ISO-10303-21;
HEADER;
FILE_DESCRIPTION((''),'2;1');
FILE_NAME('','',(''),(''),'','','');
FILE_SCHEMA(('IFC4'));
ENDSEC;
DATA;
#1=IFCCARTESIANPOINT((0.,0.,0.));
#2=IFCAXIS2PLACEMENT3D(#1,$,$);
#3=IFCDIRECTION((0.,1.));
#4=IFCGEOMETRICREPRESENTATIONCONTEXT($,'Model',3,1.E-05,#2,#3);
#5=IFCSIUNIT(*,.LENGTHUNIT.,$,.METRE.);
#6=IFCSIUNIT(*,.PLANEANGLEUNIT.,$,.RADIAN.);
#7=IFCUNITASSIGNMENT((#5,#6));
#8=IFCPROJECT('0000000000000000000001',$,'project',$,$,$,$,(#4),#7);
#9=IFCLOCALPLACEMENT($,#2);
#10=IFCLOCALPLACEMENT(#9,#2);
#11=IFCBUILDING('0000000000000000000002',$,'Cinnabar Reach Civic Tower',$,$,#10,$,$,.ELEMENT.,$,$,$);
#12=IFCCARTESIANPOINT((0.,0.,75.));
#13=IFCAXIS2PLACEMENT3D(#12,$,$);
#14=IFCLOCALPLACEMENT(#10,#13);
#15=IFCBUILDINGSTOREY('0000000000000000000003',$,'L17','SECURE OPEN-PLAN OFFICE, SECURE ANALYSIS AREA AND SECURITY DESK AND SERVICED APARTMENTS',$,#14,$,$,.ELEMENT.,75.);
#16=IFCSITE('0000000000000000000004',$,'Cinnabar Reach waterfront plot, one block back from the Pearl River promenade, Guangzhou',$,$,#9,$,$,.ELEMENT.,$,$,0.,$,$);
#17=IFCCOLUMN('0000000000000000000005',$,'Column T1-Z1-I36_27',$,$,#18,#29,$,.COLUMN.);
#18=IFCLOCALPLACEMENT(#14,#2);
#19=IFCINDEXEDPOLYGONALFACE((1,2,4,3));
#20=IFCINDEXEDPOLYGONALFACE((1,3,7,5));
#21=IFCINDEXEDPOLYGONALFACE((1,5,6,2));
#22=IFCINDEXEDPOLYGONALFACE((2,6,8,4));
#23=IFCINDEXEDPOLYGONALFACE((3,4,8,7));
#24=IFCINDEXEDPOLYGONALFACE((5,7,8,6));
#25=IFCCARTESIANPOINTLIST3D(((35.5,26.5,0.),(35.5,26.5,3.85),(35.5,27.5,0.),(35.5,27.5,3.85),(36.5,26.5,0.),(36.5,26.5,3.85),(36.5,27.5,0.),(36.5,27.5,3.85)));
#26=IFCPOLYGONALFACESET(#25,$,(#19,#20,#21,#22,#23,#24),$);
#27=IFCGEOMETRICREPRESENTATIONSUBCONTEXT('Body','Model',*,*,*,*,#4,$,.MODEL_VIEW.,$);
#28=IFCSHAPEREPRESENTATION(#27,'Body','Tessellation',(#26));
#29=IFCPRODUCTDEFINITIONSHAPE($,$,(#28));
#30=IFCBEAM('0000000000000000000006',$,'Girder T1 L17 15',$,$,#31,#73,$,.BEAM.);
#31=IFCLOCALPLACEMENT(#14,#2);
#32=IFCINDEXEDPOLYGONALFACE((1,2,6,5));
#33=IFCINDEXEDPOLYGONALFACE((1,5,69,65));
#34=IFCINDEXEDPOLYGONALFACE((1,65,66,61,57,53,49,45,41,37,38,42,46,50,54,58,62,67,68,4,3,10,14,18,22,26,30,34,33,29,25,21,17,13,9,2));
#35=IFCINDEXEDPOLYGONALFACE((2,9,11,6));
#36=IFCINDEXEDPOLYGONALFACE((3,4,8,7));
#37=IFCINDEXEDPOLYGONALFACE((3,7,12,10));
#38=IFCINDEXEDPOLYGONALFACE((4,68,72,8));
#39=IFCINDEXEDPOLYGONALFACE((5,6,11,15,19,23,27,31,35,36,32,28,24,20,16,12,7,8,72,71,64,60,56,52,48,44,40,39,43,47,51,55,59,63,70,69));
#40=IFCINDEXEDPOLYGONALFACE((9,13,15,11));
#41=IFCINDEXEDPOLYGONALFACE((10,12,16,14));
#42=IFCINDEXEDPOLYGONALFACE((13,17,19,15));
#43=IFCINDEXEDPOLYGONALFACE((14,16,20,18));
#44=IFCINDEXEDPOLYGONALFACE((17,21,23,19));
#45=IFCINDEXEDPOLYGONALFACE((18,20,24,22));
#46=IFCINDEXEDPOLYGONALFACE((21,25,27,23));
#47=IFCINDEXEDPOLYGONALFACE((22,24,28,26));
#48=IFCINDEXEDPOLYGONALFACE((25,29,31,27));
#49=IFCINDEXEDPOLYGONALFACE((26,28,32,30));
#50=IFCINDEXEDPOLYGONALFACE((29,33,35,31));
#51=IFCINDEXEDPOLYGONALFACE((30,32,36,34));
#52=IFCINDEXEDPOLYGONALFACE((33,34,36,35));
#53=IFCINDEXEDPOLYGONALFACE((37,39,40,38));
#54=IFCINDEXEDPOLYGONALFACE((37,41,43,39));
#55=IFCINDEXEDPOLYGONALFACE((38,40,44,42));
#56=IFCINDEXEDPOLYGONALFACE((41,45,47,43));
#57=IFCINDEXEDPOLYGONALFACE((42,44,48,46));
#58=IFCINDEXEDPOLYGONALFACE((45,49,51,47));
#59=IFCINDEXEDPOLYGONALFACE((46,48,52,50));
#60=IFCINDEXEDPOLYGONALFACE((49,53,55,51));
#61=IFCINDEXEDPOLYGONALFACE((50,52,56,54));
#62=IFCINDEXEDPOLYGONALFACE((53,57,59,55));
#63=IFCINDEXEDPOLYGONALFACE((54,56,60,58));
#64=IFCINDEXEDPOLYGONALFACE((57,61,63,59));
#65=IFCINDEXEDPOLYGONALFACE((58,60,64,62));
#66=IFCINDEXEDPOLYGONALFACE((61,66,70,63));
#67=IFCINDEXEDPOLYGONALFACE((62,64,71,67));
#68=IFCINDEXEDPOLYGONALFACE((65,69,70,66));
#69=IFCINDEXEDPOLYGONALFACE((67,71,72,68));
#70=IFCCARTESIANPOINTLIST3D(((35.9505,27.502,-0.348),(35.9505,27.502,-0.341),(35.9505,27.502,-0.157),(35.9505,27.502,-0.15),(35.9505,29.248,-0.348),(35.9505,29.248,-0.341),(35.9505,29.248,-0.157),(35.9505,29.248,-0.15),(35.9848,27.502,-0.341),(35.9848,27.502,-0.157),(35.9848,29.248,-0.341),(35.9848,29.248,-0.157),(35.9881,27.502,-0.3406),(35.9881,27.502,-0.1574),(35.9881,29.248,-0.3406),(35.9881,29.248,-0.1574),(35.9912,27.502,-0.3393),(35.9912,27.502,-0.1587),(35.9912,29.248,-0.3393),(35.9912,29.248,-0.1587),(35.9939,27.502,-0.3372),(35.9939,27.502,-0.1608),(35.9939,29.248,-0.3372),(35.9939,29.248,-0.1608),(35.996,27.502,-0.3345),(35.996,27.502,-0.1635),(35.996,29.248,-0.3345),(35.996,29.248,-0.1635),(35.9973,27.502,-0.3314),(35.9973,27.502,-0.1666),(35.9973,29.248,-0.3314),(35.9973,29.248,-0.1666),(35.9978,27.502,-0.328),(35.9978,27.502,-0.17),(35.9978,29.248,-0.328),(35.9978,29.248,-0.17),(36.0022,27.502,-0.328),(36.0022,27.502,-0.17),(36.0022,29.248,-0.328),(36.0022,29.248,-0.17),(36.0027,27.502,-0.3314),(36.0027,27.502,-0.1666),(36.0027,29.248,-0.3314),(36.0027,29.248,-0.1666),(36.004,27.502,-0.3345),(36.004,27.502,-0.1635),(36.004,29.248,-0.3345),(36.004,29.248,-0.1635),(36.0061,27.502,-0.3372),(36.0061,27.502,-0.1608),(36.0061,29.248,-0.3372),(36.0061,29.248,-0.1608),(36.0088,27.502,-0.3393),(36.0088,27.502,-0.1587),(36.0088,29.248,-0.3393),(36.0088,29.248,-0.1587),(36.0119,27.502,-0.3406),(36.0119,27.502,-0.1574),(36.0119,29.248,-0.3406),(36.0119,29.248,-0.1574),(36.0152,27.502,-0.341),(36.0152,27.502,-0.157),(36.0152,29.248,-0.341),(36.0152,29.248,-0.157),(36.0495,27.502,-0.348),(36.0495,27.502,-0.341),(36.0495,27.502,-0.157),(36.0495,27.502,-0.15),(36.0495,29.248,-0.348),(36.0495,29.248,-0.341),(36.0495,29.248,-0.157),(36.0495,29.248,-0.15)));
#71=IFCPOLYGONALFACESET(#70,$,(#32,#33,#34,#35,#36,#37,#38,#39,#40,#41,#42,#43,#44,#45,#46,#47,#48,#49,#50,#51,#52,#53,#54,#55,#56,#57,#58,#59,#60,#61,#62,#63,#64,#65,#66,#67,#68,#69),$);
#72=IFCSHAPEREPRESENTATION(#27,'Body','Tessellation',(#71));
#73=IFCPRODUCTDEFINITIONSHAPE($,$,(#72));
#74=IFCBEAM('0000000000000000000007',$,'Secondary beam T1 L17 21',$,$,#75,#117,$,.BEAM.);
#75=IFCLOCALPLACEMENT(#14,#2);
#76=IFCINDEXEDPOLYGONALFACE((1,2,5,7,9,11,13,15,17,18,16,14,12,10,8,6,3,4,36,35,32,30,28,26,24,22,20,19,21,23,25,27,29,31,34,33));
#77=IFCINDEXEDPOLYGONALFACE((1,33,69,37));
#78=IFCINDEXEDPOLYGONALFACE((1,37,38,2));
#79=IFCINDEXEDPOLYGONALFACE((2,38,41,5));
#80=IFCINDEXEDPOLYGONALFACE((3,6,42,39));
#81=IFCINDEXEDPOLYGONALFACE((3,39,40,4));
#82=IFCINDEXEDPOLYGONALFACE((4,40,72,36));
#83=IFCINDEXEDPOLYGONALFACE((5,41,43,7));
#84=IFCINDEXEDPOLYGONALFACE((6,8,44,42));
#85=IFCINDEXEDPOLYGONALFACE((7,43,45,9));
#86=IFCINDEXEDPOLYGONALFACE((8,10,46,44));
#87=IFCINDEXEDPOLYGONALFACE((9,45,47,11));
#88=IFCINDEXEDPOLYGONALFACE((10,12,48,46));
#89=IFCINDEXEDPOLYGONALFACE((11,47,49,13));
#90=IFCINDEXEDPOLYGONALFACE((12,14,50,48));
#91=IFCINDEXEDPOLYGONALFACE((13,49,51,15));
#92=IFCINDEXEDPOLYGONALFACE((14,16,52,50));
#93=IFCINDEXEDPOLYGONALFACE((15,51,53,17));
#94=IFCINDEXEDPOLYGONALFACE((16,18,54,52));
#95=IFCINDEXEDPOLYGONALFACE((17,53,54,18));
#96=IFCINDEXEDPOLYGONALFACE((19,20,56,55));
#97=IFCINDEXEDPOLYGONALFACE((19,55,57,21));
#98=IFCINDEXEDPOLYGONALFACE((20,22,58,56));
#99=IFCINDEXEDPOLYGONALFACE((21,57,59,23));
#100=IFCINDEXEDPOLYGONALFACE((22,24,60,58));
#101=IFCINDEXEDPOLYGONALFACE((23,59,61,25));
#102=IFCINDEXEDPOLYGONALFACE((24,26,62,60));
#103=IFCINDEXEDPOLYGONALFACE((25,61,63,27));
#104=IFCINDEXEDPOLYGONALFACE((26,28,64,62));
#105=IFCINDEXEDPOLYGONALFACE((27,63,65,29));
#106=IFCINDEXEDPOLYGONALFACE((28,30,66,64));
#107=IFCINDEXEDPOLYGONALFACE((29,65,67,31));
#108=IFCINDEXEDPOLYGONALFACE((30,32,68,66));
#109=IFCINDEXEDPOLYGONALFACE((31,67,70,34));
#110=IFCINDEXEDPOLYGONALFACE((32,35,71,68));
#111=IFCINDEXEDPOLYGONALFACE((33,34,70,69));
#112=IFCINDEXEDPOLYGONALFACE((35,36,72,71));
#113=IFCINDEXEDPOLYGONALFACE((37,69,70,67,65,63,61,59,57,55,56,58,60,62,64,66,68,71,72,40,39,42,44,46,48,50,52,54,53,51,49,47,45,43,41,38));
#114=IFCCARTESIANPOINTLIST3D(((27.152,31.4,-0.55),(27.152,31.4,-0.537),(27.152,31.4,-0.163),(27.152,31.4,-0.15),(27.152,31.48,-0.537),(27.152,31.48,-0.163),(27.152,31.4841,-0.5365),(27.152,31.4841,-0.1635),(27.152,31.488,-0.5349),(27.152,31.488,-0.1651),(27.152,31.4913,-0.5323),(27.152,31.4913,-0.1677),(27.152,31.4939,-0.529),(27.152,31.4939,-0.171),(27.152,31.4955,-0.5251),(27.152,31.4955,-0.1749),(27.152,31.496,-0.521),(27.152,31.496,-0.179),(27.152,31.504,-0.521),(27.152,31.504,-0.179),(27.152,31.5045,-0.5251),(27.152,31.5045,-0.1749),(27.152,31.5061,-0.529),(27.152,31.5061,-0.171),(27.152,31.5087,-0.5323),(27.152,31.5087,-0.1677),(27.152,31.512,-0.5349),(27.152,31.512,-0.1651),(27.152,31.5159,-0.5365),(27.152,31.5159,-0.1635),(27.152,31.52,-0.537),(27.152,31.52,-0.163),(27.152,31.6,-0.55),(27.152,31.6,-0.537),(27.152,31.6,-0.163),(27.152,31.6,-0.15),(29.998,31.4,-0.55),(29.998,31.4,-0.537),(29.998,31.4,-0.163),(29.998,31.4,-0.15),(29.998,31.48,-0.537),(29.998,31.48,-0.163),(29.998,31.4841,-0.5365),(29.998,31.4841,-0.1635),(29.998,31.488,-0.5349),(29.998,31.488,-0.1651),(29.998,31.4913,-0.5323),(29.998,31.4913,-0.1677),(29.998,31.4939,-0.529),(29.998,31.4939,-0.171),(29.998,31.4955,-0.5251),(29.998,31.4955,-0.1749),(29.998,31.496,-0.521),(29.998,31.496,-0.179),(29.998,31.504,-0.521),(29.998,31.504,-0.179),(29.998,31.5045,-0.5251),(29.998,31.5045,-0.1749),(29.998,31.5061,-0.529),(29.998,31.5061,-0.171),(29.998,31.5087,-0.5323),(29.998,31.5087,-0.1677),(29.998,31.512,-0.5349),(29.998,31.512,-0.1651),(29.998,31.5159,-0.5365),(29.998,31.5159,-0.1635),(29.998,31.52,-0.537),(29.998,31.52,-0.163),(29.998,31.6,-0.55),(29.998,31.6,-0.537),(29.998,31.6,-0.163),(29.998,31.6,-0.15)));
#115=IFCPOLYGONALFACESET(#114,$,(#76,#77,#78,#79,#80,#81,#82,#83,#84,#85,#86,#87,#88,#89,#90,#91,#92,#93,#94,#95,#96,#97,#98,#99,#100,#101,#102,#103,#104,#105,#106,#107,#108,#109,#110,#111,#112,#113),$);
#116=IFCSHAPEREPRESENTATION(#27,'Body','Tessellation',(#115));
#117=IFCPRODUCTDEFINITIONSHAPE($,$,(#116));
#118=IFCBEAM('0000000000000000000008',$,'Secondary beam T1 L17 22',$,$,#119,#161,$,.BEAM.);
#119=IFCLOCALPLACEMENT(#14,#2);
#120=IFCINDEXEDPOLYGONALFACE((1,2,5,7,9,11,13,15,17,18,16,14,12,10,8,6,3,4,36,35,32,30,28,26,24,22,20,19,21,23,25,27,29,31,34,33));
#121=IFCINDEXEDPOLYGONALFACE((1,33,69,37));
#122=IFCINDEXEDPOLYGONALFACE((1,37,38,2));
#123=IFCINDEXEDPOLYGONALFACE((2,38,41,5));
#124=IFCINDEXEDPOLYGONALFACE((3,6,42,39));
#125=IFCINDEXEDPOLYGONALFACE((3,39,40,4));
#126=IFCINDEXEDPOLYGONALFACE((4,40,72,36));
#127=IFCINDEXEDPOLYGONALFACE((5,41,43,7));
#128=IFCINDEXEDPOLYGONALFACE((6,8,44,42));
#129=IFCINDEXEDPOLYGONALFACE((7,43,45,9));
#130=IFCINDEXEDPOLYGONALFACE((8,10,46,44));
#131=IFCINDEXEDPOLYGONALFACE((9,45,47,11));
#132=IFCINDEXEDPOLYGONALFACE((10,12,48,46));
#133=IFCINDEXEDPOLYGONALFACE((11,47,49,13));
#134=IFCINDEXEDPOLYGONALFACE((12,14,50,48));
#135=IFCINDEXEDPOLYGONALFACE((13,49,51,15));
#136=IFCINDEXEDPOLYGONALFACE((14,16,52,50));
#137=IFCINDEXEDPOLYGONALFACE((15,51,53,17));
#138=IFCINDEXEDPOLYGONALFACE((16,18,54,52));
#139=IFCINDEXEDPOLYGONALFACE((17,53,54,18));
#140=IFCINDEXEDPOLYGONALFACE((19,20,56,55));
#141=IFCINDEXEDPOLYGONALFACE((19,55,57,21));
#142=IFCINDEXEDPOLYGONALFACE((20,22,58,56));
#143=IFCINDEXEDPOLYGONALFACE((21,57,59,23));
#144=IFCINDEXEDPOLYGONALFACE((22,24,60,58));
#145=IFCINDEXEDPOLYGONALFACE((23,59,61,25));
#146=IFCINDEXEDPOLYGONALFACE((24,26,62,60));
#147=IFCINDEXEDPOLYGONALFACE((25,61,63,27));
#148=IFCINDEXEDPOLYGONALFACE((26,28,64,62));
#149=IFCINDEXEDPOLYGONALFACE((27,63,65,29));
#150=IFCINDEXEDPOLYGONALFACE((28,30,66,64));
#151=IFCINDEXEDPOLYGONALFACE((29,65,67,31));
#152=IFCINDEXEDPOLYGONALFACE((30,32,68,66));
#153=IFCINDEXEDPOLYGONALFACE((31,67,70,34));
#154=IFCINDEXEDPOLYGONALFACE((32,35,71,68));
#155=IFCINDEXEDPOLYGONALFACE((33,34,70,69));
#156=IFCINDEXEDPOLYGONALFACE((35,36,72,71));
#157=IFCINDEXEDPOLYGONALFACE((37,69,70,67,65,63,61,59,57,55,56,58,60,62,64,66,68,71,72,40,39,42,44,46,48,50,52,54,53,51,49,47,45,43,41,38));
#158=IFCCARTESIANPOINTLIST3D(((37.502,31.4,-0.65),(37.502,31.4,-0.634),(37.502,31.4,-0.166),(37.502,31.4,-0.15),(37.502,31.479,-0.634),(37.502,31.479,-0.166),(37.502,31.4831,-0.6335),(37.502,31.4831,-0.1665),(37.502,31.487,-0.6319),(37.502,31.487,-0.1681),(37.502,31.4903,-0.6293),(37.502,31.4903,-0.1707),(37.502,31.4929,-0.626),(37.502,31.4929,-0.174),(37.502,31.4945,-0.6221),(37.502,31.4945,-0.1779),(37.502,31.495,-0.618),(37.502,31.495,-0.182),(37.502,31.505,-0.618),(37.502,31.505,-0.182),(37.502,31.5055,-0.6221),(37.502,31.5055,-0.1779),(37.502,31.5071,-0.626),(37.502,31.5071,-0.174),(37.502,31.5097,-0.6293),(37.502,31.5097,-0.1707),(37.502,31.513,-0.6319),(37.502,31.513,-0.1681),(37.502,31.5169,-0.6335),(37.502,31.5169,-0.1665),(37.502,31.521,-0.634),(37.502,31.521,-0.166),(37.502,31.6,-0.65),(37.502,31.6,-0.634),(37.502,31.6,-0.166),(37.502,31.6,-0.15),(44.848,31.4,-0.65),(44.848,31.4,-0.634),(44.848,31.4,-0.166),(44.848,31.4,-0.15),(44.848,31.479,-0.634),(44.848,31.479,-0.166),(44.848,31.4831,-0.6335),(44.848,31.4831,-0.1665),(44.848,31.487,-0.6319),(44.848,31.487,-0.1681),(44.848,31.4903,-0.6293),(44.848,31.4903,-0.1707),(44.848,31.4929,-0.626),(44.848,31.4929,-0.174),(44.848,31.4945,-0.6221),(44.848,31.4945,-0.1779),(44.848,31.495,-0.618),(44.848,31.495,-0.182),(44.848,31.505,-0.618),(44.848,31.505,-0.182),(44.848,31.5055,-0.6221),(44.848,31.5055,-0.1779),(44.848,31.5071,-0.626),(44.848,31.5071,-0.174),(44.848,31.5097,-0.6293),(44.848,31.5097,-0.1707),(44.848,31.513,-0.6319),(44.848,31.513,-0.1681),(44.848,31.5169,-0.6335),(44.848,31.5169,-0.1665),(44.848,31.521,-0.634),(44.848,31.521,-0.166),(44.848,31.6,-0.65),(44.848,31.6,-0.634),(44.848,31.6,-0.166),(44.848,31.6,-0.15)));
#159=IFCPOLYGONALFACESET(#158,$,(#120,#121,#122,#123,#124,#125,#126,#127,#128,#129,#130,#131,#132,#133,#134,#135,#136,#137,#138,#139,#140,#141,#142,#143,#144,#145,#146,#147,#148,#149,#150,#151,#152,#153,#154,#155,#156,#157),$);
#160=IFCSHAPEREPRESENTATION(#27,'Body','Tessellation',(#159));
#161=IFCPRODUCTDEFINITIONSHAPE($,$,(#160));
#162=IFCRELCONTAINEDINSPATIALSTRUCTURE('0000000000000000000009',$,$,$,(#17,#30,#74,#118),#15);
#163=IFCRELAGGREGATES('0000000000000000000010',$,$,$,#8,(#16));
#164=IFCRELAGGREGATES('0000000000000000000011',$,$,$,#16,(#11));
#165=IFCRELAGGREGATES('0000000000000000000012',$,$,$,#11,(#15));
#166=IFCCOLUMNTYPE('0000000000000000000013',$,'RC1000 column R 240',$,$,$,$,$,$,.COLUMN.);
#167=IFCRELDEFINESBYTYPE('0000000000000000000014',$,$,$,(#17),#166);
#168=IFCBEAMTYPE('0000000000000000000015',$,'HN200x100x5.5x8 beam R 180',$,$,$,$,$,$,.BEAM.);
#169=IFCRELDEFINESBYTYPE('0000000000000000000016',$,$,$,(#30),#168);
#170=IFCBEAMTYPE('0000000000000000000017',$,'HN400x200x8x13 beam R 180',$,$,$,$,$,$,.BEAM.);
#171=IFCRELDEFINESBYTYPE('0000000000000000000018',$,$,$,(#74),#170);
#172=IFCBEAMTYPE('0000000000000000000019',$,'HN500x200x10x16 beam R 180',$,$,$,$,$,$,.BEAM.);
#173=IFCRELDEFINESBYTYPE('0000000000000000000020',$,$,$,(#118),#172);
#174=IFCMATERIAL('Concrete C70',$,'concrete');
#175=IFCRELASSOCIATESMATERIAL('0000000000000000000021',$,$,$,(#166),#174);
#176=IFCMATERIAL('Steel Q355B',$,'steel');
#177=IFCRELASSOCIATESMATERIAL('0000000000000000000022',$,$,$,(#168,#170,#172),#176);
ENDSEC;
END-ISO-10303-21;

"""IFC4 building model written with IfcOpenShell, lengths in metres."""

from ifc_helpers import new_model, si_unit, direction, frame, origin, origin_2d, place, context, subcontext, project, spatial, rectangle, i_section, extrude, material, material_profile, profile_set, type_object, element, save


model = new_model("IFC4")

# Units and contexts
model_context = context("Model", 3, precision=1e-05, world=origin(), true_north=direction((0.0, 1.0)))
body_context = subcontext(model_context, "Body", "Model", "MODEL_VIEW")
ifc_project = project(units=[si_unit("LENGTHUNIT", "METRE"), si_unit("PLANEANGLEUNIT", "RADIAN")], contexts=[model_context])

# Site, building, storey
site_placement = place(None, origin())
site = spatial("IfcSite", under=ifc_project, at=site_placement, Name="Cinnabar Reach waterfront plot, one block back from the Pearl River promenade, Guangzhou", CompositionType="ELEMENT", RefElevation=0.0)
building_placement = place(site_placement, origin())
building = spatial("IfcBuilding", under=site, at=building_placement, Name="Cinnabar Reach Civic Tower", CompositionType="ELEMENT")
storey_placement = place(building_placement, frame((0.0, 0.0, 75.0)))
storey = spatial("IfcBuildingStorey", under=building, at=storey_placement, Name="L17", Description="SECURE OPEN-PLAN OFFICE, SECURE ANALYSIS AREA AND SECURITY DESK AND SERVICED APARTMENTS", CompositionType="ELEMENT", Elevation=75.0)

# Column
ifc_material_1 = material(Name="Concrete C70", Category="concrete")
ifc_material_profile_1 = material_profile(ifc_material_1, rectangle(XDim=1.0, YDim=1.0, at=origin_2d()), Name="RC1000")
ifc_profile_set_1 = profile_set([ifc_material_profile_1], Name="Concrete C70")
column_type = type_object("IfcColumnType", Name="RC1000 column R 240", PredefinedType="COLUMN", material=ifc_profile_set_1)
column_placement = place(storey_placement, frame((36.0, 27.0, 0.0), z_axis=(0.0, 0.0, 1.0), x_axis=(1.0, 0.0, 0.0)))
element("IfcColumn", 1, at=column_placement, inside=storey, type_object=column_type, Name="Column T1-Z1-I36_27", PredefinedType="COLUMN", context=body_context, shape_type="SweptSolid", body=[
    extrude(rectangle(XDim=1.0, YDim=1.0, at=origin_2d()), origin(), (0.0, 0.0, 1.0), 3.85),
])

# Beams
ifc_material_2 = material(Name="Steel Q355B", Category="steel")
ifc_material_profile_2 = material_profile(ifc_material_2, i_section(OverallWidth=0.099, OverallDepth=0.198, WebThickness=0.0045, FlangeThickness=0.007, FilletRadius=0.013, at=origin_2d()), Name="HN200x100x5.5x8")
ifc_profile_set_2 = profile_set([ifc_material_profile_2], Name="Steel Q355B")
beam_type_1 = type_object("IfcBeamType", Name="HN200x100x5.5x8 beam R 180", PredefinedType="BEAM", material=ifc_profile_set_2)
beam_1_placement = place(storey_placement, frame((36.0, 27.502, -0.249), z_axis=(0.0, 1.0, 0.0), x_axis=(-1.0, 0.0, 0.0)))
element("IfcBeam", 2, at=beam_1_placement, inside=storey, type_object=beam_type_1, Name="Girder T1 L17 15", PredefinedType="BEAM", context=body_context, shape_type="SweptSolid", body=[
    extrude(i_section(OverallWidth=0.099, OverallDepth=0.198, WebThickness=0.0045, FlangeThickness=0.007, FilletRadius=0.013, at=origin_2d()), origin(), (0.0, 0.0, 1.0), 1.746),
])
ifc_material_profile_3 = material_profile(ifc_material_2, i_section(OverallWidth=0.2, OverallDepth=0.4, WebThickness=0.008, FlangeThickness=0.013, FilletRadius=0.016, at=origin_2d()), Name="HN400x200x8x13")
ifc_profile_set_3 = profile_set([ifc_material_profile_3], Name="Steel Q355B")
beam_type_2 = type_object("IfcBeamType", Name="HN400x200x8x13 beam R 180", PredefinedType="BEAM", material=ifc_profile_set_3)
beam_2_placement = place(storey_placement, frame((27.152, 31.5, -0.35), z_axis=(1.0, 0.0, 0.0), x_axis=(0.0, 1.0, 0.0)))
element("IfcBeam", 3, at=beam_2_placement, inside=storey, type_object=beam_type_2, Name="Secondary beam T1 L17 21", PredefinedType="BEAM", context=body_context, shape_type="SweptSolid", body=[
    extrude(i_section(OverallWidth=0.2, OverallDepth=0.4, WebThickness=0.008, FlangeThickness=0.013, FilletRadius=0.016, at=origin_2d()), origin(), (0.0, 0.0, 1.0), 2.846),
])
ifc_material_profile_4 = material_profile(ifc_material_2, i_section(OverallWidth=0.2, OverallDepth=0.5, WebThickness=0.01, FlangeThickness=0.016, FilletRadius=0.016, at=origin_2d()), Name="HN500x200x10x16")
ifc_profile_set_4 = profile_set([ifc_material_profile_4], Name="Steel Q355B")
beam_type_3 = type_object("IfcBeamType", Name="HN500x200x10x16 beam R 180", PredefinedType="BEAM", material=ifc_profile_set_4)
beam_3_placement = place(storey_placement, frame((37.502, 31.5, -0.4), z_axis=(1.0, 0.0, 0.0), x_axis=(0.0, 1.0, 0.0)))
element("IfcBeam", 4, at=beam_3_placement, inside=storey, type_object=beam_type_3, Name="Secondary beam T1 L17 22", PredefinedType="BEAM", context=body_context, shape_type="SweptSolid", body=[
    extrude(i_section(OverallWidth=0.2, OverallDepth=0.5, WebThickness=0.01, FlangeThickness=0.016, FilletRadius=0.016, at=origin_2d()), origin(), (0.0, 0.0, 1.0), 7.346),
])

save(model, "model.ifc")
